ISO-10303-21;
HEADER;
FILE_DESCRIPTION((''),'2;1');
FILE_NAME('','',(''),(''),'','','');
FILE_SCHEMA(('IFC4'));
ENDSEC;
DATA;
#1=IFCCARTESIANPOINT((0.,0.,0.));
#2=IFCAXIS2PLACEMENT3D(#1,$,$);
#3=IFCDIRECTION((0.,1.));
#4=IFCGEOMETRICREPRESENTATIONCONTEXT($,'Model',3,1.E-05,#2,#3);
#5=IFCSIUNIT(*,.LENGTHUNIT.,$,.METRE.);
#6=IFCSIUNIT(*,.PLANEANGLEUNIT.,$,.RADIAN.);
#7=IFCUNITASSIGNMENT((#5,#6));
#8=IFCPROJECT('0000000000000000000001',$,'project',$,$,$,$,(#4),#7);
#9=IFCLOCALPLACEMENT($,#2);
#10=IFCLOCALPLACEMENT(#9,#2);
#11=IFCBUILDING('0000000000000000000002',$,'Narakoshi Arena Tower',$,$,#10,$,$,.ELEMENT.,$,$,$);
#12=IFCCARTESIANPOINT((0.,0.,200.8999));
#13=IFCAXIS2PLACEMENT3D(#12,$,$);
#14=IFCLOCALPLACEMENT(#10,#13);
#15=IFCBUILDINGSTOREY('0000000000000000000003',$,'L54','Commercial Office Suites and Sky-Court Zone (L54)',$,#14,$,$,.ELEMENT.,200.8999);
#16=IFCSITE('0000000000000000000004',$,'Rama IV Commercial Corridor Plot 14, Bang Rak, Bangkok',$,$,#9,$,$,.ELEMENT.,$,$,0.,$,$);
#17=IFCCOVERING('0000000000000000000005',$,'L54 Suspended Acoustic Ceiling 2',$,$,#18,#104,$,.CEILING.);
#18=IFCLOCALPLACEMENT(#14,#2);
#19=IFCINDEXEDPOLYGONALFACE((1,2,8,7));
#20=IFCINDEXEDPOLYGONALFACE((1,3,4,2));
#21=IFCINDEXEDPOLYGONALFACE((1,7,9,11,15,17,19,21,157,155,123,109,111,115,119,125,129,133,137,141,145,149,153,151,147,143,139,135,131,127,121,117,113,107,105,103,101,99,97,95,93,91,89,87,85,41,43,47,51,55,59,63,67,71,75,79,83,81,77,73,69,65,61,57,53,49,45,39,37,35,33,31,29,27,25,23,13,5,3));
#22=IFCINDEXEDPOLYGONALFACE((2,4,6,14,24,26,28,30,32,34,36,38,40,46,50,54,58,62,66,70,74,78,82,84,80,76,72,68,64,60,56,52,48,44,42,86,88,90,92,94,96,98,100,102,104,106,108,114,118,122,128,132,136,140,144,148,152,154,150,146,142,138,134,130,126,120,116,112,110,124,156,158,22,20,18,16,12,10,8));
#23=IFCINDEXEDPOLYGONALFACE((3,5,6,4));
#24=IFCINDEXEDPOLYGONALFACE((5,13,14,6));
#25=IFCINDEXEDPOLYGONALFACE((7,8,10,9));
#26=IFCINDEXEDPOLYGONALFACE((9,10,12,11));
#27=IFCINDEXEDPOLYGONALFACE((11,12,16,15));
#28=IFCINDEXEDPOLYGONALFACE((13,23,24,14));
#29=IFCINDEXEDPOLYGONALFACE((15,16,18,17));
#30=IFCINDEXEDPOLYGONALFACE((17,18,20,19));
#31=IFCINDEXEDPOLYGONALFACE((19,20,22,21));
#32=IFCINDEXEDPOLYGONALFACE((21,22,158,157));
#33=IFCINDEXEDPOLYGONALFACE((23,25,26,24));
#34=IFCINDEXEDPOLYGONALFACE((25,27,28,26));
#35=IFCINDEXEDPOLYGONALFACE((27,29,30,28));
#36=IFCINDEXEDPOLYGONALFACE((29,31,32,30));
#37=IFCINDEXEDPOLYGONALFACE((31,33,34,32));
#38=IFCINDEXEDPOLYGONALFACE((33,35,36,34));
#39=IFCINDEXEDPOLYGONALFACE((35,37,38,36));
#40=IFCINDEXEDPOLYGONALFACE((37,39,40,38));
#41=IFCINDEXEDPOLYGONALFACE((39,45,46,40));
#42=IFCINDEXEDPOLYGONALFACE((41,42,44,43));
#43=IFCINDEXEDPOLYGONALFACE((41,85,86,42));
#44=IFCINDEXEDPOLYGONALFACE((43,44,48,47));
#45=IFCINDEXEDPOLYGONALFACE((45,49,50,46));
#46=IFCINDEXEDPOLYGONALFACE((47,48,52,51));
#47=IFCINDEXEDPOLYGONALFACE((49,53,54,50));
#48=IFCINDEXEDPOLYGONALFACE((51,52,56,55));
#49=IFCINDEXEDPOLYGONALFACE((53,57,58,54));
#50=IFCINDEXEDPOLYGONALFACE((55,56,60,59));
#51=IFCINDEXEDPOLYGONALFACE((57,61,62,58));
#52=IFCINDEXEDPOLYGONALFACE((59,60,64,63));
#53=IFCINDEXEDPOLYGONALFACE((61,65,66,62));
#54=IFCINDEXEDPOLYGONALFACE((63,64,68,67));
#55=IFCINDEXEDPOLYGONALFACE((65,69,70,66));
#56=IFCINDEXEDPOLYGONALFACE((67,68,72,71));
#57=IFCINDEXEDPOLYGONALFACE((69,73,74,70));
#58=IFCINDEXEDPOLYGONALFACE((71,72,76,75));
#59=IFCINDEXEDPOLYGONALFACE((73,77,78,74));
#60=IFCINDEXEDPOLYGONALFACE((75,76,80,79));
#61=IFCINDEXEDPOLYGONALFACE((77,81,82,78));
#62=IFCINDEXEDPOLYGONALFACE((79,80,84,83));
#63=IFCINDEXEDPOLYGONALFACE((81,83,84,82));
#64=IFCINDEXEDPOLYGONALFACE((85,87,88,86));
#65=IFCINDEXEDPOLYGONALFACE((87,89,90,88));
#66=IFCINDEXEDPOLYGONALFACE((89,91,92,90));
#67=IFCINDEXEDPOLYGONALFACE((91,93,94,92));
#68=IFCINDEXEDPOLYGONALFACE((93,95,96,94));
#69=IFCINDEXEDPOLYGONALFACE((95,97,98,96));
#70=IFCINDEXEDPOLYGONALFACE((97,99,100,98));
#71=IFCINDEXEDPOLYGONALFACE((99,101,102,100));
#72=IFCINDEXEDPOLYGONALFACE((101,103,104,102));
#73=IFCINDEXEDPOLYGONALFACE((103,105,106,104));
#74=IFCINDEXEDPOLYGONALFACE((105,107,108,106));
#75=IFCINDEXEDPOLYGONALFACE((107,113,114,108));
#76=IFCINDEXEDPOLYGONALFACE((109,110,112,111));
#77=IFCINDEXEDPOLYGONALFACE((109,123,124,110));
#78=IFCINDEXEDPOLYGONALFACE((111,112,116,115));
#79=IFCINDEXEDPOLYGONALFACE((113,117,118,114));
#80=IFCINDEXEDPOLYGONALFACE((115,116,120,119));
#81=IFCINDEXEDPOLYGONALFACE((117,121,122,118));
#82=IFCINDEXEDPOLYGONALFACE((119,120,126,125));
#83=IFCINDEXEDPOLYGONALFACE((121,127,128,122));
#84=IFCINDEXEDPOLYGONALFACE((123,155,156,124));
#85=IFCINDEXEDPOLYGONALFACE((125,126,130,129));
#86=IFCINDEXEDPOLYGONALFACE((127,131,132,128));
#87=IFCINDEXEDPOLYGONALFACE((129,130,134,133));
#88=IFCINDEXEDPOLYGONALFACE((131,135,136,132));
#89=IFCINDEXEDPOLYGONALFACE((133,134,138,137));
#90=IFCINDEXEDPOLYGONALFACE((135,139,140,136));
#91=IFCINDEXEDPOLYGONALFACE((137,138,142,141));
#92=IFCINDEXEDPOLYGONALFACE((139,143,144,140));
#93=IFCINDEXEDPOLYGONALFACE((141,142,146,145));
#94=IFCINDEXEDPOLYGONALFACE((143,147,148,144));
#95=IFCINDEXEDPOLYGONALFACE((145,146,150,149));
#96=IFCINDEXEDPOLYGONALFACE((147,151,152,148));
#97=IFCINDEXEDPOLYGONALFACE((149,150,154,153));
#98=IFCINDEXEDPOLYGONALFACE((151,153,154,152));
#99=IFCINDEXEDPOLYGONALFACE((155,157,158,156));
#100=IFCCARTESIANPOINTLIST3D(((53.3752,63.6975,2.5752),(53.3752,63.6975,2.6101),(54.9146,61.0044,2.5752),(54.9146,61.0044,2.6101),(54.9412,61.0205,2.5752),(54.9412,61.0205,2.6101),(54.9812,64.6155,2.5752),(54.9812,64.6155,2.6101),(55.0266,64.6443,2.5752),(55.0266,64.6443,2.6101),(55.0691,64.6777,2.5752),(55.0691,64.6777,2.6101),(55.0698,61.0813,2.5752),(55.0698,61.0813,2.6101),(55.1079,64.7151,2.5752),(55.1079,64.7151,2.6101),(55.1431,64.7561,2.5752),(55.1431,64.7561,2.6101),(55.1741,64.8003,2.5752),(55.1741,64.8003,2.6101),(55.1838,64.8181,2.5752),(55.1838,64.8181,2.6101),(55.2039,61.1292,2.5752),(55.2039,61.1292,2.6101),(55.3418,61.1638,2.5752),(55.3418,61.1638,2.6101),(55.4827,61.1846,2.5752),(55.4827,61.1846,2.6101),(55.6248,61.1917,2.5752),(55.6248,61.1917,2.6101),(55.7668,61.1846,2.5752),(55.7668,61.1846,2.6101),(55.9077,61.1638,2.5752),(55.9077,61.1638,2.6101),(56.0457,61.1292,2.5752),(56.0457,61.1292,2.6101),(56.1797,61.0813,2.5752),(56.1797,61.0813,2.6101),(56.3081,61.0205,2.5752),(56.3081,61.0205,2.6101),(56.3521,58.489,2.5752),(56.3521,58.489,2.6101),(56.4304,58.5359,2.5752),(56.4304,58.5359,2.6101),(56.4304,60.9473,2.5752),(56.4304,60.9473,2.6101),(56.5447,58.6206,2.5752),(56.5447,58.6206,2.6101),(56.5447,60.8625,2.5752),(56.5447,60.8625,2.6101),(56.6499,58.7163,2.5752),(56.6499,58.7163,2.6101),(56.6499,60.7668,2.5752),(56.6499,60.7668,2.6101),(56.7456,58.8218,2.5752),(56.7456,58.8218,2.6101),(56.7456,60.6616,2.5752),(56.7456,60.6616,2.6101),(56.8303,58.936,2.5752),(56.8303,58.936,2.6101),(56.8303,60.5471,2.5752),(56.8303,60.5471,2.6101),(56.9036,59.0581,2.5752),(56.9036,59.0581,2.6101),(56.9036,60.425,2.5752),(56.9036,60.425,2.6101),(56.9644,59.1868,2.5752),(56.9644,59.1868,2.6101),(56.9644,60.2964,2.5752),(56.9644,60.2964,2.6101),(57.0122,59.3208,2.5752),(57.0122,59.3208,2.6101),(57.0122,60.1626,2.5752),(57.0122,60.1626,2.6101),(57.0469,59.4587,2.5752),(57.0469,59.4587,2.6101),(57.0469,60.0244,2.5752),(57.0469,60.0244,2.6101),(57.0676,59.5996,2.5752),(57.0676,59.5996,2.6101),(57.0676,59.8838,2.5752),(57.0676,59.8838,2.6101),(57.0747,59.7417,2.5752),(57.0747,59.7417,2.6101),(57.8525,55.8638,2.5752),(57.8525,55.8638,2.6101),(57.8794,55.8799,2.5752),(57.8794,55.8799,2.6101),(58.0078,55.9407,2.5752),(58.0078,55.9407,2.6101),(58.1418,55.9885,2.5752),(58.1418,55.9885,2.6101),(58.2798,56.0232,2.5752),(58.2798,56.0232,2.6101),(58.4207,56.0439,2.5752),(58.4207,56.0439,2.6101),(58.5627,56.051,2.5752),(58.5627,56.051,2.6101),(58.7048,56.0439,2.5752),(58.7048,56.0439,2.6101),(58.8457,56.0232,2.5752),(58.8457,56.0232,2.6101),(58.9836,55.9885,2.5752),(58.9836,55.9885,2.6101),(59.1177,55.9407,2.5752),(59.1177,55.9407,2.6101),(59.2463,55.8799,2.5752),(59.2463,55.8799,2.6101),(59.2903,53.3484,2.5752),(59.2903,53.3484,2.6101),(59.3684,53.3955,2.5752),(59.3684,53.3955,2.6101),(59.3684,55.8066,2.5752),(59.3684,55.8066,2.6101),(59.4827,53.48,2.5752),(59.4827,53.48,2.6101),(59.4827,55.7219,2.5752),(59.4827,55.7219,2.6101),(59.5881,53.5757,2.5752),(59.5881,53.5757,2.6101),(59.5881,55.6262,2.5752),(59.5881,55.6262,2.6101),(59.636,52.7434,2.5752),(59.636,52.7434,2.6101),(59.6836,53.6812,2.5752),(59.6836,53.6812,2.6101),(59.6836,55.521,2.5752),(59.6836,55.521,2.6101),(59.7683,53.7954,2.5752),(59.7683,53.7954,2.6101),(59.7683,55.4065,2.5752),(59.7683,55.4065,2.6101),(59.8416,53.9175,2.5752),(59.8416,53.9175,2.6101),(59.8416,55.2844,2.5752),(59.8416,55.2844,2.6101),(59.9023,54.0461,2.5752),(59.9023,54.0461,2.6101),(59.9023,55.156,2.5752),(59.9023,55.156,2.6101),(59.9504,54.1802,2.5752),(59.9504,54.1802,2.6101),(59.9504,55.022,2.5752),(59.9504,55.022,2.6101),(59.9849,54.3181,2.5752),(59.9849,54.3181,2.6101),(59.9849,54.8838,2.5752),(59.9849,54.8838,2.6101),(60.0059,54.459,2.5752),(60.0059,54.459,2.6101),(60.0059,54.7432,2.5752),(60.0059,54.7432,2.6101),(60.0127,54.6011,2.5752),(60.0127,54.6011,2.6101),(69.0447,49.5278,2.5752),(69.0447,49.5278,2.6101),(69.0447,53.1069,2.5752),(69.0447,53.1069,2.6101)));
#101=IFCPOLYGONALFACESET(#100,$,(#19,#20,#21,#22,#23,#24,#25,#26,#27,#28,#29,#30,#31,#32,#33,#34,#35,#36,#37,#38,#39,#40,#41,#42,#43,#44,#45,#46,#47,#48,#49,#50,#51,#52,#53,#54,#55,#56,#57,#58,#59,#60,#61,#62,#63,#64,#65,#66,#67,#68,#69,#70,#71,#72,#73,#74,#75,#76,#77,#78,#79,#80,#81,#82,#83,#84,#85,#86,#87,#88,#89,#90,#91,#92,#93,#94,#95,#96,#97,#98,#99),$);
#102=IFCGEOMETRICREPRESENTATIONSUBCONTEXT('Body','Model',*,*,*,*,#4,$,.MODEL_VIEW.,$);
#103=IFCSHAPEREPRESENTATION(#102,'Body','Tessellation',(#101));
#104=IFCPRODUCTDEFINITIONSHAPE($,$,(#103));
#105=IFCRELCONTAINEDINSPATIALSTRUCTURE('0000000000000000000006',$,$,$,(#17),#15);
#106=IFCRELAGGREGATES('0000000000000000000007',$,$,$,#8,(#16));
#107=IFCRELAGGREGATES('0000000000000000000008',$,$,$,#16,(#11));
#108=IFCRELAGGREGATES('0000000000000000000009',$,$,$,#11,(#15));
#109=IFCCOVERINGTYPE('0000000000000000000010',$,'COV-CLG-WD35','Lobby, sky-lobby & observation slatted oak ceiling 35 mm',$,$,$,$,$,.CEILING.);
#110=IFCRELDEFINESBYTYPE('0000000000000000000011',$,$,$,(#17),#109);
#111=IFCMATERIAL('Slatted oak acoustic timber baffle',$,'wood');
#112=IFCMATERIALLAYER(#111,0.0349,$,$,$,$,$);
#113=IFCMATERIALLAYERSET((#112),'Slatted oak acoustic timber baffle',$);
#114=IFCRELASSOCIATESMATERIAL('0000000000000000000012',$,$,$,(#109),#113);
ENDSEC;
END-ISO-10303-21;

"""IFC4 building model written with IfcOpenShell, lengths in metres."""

from ifc_helpers import new_model, si_unit, direction, frame, origin, place, context, subcontext, project, spatial, polyline, outline, extrude, material, layer, layer_set, type_object, element, save


model = new_model("IFC4")

# Units and contexts
model_context = context("Model", 3, precision=1e-05, world=origin(), true_north=direction((0.0, 1.0)))
body_context = subcontext(model_context, "Body", "Model", "MODEL_VIEW")
ifc_project = project(units=[si_unit("LENGTHUNIT", "METRE"), si_unit("PLANEANGLEUNIT", "RADIAN")], contexts=[model_context])

# Site, building, storey
site_placement = place(None, origin())
site = spatial("IfcSite", under=ifc_project, at=site_placement, Name="Rama IV Commercial Corridor Plot 14, Bang Rak, Bangkok", CompositionType="ELEMENT", RefElevation=0.0)
building_placement = place(site_placement, origin())
building = spatial("IfcBuilding", under=site, at=building_placement, Name="Narakoshi Arena Tower", CompositionType="ELEMENT")
storey_placement = place(building_placement, frame((0.0, 0.0, 200.8999)))
storey = spatial("IfcBuildingStorey", under=building, at=storey_placement, Name="L54", Description="Commercial Office Suites and Sky-Court Zone (L54)", CompositionType="ELEMENT", Elevation=200.8999)

# Covering
ifc_material_1 = material(Name="Slatted oak acoustic timber baffle", Category="wood")
ifc_layer_1 = layer(ifc_material_1, 0.0349)
ifc_layer_set_1 = layer_set([ifc_layer_1], Name="Slatted oak acoustic timber baffle")
covering_type_1 = type_object("IfcCoveringType", Name="COV-CLG-WD35", Description="Lobby, sky-lobby & observation slatted oak ceiling 35 mm", PredefinedType="CEILING", material=ifc_layer_set_1)
covering_1_placement = place(storey_placement, frame((0.0, 0.0, 2.5752)))
element("IfcCovering", 1, at=covering_1_placement, inside=storey, type_object=covering_type_1, Name="L54 Suspended Acoustic Ceiling 2", PredefinedType="CEILING", context=body_context, shape_type="SweptSolid", body=[
    extrude(outline(polyline([(54.9812, 64.6155), (55.0266, 64.6443), (55.0691, 64.6777), (55.1079, 64.7151), (55.1431, 64.7561), (55.1741, 64.8003), (55.1838, 64.8181), (69.0447, 53.1069), (69.0447, 49.5278), (59.636, 52.7434), (59.2903, 53.3484), (59.3684, 53.3955), (59.4827, 53.48), (59.5881, 53.5757), (59.6836, 53.6812), (59.7683, 53.7954), (59.8416, 53.9175), (59.9023, 54.0461), (59.9504, 54.1802), (59.9849, 54.3181), (60.0059, 54.459), (60.0127, 54.6011), (60.0059, 54.7432), (59.9849, 54.8838), (59.9504, 55.022), (59.9023, 55.156), (59.8416, 55.2844), (59.7683, 55.4065), (59.6836, 55.521), (59.5881, 55.6262), (59.4827, 55.7219), (59.3684, 55.8066), (59.2463, 55.8799), (59.1177, 55.9407), (58.9836, 55.9885), (58.8457, 56.0232), (58.7048, 56.0439), (58.5627, 56.051), (58.4207, 56.0439), (58.2798, 56.0232), (58.1418, 55.9885), (58.0078, 55.9407), (57.8794, 55.8799), (57.8525, 55.8638), (56.3521, 58.489), (56.4304, 58.5359), (56.5447, 58.6206), (56.6499, 58.7163), (56.7456, 58.8218), (56.8303, 58.936), (56.9036, 59.0581), (56.9644, 59.1868), (57.0122, 59.3208), (57.0469, 59.4587), (57.0676, 59.5996), (57.0747, 59.7417), (57.0676, 59.8838), (57.0469, 60.0244), (57.0122, 60.1626), (56.9644, 60.2964), (56.9036, 60.425), (56.8303, 60.5471), (56.7456, 60.6616), (56.6499, 60.7668), (56.5447, 60.8625), (56.4304, 60.9473), (56.3081, 61.0205), (56.1797, 61.0813), (56.0457, 61.1292), (55.9077, 61.1638), (55.7668, 61.1846), (55.6248, 61.1917), (55.4827, 61.1846), (55.3418, 61.1638), (55.2039, 61.1292), (55.0698, 61.0813), (54.9412, 61.0205), (54.9146, 61.0044), (53.3752, 63.6975), (54.9812, 64.6155)])), origin(), (0.0, 0.0, 1.0), 0.0349),
])

save(model, "model.ifc")
